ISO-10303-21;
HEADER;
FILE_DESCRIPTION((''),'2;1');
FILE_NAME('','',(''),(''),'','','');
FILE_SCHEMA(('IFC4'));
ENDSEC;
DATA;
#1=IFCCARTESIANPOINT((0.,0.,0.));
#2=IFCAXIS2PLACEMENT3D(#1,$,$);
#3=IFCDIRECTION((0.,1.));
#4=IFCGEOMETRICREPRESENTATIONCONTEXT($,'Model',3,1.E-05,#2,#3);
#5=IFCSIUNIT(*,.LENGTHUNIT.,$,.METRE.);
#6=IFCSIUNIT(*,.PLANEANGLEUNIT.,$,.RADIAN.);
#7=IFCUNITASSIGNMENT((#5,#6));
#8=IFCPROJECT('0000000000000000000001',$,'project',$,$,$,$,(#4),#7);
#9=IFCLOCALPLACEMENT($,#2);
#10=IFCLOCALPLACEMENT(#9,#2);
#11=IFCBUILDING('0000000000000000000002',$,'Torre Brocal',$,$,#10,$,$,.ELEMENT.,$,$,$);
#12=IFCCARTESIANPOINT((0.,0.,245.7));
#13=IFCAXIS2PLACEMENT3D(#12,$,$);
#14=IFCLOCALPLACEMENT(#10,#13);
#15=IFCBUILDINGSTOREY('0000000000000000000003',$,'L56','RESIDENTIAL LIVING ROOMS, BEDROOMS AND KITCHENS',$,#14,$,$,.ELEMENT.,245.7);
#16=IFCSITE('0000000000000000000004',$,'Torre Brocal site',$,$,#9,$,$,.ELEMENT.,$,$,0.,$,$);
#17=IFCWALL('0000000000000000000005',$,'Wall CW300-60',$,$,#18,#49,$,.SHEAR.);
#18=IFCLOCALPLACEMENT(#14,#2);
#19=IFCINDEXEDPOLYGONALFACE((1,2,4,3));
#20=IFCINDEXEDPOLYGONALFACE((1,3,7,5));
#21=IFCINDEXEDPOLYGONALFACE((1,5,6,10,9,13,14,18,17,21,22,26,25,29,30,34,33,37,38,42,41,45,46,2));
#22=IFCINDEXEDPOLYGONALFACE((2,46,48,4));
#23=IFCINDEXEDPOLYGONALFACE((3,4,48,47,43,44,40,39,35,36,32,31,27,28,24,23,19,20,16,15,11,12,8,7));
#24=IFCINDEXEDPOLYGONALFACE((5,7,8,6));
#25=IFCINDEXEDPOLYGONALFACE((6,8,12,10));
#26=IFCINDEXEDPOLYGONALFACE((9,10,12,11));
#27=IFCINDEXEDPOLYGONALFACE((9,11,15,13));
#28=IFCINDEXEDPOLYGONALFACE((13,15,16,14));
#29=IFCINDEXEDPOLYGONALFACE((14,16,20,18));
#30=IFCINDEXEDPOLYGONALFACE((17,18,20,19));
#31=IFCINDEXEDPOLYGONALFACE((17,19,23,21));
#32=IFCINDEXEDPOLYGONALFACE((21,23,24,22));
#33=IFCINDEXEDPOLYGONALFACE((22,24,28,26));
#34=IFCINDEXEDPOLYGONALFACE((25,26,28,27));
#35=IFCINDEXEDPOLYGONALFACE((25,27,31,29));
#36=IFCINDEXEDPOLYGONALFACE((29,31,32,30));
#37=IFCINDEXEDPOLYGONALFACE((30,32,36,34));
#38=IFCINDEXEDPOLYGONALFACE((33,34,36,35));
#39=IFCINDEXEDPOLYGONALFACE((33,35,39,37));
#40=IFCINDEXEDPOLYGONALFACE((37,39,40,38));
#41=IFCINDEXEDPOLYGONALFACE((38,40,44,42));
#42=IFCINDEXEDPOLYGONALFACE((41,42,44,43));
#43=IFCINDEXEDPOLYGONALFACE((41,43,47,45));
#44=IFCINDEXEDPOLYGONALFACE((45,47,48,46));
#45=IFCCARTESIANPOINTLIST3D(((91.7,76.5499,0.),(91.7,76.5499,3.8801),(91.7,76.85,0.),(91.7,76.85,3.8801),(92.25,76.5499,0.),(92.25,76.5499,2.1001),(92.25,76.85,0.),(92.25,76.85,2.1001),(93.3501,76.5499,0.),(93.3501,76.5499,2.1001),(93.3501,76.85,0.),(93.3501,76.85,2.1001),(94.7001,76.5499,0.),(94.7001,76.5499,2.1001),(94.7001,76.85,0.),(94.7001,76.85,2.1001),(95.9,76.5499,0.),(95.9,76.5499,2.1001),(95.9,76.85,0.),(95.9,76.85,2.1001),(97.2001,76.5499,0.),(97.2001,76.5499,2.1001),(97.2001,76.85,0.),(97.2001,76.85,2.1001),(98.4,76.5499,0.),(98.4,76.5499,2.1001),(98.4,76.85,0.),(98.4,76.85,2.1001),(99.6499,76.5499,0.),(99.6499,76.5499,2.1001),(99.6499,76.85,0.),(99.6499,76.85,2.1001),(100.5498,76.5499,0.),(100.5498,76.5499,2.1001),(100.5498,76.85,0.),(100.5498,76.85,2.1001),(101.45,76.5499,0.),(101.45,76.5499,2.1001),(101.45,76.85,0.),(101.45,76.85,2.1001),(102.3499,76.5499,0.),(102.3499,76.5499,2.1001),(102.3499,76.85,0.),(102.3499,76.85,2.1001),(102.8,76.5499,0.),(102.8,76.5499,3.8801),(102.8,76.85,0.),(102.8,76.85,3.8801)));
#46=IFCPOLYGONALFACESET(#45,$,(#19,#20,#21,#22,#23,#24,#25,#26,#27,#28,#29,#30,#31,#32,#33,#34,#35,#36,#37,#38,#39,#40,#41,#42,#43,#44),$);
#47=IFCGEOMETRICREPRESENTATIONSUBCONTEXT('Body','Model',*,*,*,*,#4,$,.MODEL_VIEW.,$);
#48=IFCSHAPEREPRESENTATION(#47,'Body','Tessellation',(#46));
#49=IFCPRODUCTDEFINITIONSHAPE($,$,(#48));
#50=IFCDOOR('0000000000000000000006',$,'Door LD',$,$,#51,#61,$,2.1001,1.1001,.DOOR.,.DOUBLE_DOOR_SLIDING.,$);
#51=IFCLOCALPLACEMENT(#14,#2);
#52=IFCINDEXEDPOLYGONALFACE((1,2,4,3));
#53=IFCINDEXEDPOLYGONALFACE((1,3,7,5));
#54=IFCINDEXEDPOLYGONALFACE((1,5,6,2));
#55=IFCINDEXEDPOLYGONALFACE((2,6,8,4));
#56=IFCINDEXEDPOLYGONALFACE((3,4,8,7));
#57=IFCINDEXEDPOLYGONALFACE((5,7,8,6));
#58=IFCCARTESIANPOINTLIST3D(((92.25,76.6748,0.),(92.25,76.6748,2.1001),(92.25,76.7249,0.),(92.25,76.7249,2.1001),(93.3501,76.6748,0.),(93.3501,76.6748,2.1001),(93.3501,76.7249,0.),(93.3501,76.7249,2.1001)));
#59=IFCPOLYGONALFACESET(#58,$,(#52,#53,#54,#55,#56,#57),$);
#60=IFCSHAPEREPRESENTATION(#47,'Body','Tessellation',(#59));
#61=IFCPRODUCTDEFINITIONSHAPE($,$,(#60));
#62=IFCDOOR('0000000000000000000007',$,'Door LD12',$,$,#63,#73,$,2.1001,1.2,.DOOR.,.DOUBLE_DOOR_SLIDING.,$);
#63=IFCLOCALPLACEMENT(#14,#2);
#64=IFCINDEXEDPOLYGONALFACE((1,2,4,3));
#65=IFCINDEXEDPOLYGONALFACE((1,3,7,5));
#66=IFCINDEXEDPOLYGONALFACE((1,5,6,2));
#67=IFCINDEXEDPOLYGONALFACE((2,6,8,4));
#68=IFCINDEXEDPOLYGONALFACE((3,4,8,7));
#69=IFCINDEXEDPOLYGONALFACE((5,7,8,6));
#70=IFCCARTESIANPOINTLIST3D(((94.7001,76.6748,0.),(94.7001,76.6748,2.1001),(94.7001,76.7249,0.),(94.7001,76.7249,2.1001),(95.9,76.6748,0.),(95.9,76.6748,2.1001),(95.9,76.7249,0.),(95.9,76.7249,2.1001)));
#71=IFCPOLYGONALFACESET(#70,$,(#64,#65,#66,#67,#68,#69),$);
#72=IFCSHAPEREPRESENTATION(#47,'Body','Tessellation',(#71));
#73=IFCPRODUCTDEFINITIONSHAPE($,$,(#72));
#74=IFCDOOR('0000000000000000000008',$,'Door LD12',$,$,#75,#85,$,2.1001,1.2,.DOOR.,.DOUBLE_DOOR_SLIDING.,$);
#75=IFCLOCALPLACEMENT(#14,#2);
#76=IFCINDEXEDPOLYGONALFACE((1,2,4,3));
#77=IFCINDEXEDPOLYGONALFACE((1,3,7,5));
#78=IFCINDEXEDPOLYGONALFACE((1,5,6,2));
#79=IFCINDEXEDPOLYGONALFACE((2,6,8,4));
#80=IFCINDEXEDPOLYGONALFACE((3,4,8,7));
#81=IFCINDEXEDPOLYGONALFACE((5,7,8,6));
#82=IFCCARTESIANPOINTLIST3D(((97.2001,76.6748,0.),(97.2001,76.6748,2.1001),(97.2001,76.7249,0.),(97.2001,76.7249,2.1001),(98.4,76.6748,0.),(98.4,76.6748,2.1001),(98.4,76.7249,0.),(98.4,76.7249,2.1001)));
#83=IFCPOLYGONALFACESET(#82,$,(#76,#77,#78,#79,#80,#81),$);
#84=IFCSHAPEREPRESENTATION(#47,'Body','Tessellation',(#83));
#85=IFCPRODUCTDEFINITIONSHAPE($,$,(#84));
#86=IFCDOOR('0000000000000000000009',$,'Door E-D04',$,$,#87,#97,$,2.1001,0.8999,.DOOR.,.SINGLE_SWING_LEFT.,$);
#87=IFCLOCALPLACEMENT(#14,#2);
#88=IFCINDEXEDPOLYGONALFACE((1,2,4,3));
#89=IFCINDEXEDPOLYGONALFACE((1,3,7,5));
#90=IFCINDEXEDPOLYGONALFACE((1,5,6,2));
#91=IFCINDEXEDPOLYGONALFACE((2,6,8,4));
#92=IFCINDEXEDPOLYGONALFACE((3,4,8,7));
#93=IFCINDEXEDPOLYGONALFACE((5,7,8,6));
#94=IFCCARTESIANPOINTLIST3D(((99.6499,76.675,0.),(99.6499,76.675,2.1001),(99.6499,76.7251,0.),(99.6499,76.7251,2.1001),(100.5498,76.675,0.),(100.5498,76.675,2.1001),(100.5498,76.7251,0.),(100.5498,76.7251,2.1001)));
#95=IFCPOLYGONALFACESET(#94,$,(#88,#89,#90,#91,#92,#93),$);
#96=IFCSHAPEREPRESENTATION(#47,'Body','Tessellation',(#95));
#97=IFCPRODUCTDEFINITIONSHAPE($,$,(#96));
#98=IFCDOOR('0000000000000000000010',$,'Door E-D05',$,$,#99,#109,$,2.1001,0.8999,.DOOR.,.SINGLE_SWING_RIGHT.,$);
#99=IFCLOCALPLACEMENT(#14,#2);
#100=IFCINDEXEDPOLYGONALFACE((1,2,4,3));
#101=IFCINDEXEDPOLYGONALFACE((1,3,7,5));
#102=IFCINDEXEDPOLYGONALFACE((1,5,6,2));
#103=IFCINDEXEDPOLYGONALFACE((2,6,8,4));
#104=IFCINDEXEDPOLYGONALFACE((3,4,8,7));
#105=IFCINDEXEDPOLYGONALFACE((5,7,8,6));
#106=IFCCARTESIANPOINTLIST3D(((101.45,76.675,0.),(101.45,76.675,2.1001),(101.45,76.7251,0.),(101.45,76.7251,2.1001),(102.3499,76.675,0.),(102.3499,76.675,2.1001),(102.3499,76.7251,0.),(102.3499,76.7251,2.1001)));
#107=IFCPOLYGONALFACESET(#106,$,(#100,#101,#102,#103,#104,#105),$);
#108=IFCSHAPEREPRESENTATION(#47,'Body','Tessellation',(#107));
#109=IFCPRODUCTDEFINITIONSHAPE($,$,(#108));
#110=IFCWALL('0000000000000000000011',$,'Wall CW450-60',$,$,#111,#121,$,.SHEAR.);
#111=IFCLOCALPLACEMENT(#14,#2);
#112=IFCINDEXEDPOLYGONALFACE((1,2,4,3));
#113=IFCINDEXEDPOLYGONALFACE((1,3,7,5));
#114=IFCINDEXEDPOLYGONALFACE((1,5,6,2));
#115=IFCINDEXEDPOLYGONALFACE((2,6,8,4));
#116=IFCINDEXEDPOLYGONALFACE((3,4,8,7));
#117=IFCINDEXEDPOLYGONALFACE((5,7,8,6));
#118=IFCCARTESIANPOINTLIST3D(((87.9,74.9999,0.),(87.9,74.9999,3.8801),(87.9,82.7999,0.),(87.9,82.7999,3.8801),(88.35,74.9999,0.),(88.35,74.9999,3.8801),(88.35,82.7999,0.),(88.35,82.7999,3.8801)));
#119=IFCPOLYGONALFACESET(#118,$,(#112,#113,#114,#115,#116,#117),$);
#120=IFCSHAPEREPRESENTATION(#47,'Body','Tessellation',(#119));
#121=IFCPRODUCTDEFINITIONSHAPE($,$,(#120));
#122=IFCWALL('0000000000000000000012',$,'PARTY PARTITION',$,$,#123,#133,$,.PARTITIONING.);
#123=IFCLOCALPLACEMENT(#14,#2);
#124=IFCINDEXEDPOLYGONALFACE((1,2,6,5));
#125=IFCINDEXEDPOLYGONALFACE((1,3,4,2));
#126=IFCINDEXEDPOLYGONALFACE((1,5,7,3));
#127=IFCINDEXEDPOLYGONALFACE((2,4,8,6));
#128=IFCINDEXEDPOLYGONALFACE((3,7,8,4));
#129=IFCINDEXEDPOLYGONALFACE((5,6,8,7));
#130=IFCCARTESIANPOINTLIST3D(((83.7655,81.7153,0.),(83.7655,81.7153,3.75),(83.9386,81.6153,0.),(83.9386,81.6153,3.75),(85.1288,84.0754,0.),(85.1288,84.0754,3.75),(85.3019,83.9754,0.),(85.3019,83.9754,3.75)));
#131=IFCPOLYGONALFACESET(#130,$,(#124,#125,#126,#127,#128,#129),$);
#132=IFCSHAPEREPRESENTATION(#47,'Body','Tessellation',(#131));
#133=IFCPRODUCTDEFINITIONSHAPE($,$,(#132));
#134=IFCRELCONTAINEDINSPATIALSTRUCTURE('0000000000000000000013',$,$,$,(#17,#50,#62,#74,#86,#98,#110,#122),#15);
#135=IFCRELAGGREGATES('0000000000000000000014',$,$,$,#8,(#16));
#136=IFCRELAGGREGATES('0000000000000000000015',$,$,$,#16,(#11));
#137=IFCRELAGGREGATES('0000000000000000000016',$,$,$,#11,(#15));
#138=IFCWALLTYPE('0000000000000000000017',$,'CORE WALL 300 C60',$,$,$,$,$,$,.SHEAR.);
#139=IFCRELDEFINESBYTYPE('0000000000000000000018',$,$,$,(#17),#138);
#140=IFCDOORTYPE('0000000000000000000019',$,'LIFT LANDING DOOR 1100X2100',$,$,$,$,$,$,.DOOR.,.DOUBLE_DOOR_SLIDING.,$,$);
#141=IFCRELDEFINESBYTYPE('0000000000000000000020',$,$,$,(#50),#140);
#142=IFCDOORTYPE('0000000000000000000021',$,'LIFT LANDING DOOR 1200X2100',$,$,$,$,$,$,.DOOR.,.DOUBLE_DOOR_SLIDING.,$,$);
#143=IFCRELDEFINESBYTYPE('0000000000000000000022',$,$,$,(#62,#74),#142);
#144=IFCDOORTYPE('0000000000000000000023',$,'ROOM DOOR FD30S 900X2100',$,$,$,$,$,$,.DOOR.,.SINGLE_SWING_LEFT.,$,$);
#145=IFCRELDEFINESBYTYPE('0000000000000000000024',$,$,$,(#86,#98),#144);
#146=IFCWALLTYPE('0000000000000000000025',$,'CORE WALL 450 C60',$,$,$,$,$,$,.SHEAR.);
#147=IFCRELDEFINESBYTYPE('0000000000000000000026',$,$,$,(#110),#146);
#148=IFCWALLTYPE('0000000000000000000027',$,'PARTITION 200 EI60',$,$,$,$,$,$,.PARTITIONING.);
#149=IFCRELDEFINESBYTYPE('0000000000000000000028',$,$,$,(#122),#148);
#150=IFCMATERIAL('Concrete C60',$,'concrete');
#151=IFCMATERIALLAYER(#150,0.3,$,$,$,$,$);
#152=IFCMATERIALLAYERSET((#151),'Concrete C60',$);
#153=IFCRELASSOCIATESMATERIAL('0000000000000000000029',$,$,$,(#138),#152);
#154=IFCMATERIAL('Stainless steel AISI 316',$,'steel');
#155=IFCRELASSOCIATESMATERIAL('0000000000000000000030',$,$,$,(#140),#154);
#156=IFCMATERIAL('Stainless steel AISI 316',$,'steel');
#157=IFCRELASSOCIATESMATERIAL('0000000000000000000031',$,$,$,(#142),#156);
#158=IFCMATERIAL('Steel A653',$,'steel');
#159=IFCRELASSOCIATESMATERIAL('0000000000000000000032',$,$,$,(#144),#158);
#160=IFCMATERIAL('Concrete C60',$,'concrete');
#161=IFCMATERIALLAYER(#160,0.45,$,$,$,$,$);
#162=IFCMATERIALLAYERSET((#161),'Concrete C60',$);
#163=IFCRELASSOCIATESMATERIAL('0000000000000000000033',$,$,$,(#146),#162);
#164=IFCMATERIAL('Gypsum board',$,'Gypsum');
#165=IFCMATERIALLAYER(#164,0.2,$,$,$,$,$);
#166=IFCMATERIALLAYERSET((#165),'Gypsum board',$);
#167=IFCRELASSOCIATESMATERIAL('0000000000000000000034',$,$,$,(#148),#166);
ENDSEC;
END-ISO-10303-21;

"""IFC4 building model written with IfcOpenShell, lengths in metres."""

from ifc_helpers import new_model, si_unit, direction, frame, frame_2d, origin, place, context, subcontext, project, spatial, rectangle, extrude, material, layer, layer_set, type_object, element, fill, save


model = new_model("IFC4")

# Units and contexts
model_context = context("Model", 3, precision=1e-05, world=origin(), true_north=direction((0.0, 1.0)))
body_context = subcontext(model_context, "Body", "Model", "MODEL_VIEW")
ifc_project = project(units=[si_unit("LENGTHUNIT", "METRE"), si_unit("PLANEANGLEUNIT", "RADIAN")], contexts=[model_context])

# Site, building, storey
site_placement = place(None, origin())
site = spatial("IfcSite", under=ifc_project, at=site_placement, Name="Torre Brocal site", CompositionType="ELEMENT", RefElevation=0.0)
building_placement = place(site_placement, origin())
building = spatial("IfcBuilding", under=site, at=building_placement, Name="Torre Brocal", CompositionType="ELEMENT")
storey_placement = place(building_placement, frame((0.0, 0.0, 245.7)))
storey = spatial("IfcBuildingStorey", under=building, at=storey_placement, Name="L56", Description="RESIDENTIAL LIVING ROOMS, BEDROOMS AND KITCHENS", CompositionType="ELEMENT", Elevation=245.7)

# Shared definitions
ifc_material_1 = material(Name="Concrete C60", Category="concrete")
ifc_layer_1 = layer(ifc_material_1, 0.3)
ifc_layer_set_1 = layer_set([ifc_layer_1], Name="Concrete C60")
wall_type_1 = type_object("IfcWallType", Name="CORE WALL 300 C60", PredefinedType="SHEAR", material=ifc_layer_set_1)

# Wall, openings, doors
wall_1_placement = place(storey_placement, frame((91.7, 76.7, 0.0), z_axis=(0.0, 0.0, 1.0), x_axis=(1.0, 0.0, 0.0)))
wall_1 = element("IfcWall", 1, at=wall_1_placement, inside=storey, type_object=wall_type_1, Name="Wall CW300-60", PredefinedType="SHEAR", context=body_context, shape_type="SweptSolid", body=[
    extrude(rectangle(XDim=11.1001, YDim=0.3, at=frame_2d((5.55, 0.0))), origin(), (0.0, 0.0, 1.0), 3.8801),
])
opening_1_placement = place(wall_1_placement, frame((0.55, 0.0, 0.0)))
opening_1 = element("IfcOpeningElement", 2, at=opening_1_placement, cuts=wall_1, PredefinedType="OPENING", context=body_context, shape_type="SweptSolid", body=[
    extrude(rectangle(XDim=1.1001, YDim=2.1001, at=frame_2d((0.55, 1.05))), frame((0.0, 0.1599, 0.0), z_axis=(0.0, -1.0, 0.0), x_axis=(1.0, 0.0, 0.0)), (0.0, 0.0, 1.0), 0.3201),
])
opening_2_placement = place(wall_1_placement, frame((3.0, 0.0, 0.0)))
opening_2 = element("IfcOpeningElement", 3, at=opening_2_placement, cuts=wall_1, PredefinedType="OPENING", context=body_context, shape_type="SweptSolid", body=[
    extrude(rectangle(XDim=1.2, YDim=2.1001, at=frame_2d((0.6001, 1.05))), frame((0.0, 0.1599, 0.0), z_axis=(0.0, -1.0, 0.0), x_axis=(1.0, 0.0, 0.0)), (0.0, 0.0, 1.0), 0.3201),
])
opening_3_placement = place(wall_1_placement, frame((5.5, 0.0, 0.0)))
opening_3 = element("IfcOpeningElement", 4, at=opening_3_placement, cuts=wall_1, PredefinedType="OPENING", context=body_context, shape_type="SweptSolid", body=[
    extrude(rectangle(XDim=1.2, YDim=2.1001, at=frame_2d((0.6001, 1.05))), frame((0.0, 0.1599, 0.0), z_axis=(0.0, -1.0, 0.0), x_axis=(1.0, 0.0, 0.0)), (0.0, 0.0, 1.0), 0.3201),
])
opening_4_placement = place(wall_1_placement, frame((7.95, 0.0, 0.0)))
opening_4 = element("IfcOpeningElement", 5, at=opening_4_placement, cuts=wall_1, PredefinedType="OPENING", context=body_context, shape_type="SweptSolid", body=[
    extrude(rectangle(XDim=0.8999, YDim=2.1001, at=frame_2d((0.45, 1.05))), frame((0.0, 0.1599, 0.0), z_axis=(0.0, -1.0, 0.0), x_axis=(1.0, 0.0, 0.0)), (0.0, 0.0, 1.0), 0.3201),
])
opening_5_placement = place(wall_1_placement, frame((9.75, 0.0, 0.0)))
opening_5 = element("IfcOpeningElement", 6, at=opening_5_placement, cuts=wall_1, PredefinedType="OPENING", context=body_context, shape_type="SweptSolid", body=[
    extrude(rectangle(XDim=0.8999, YDim=2.1001, at=frame_2d((0.45, 1.05))), frame((0.0, 0.1599, 0.0), z_axis=(0.0, -1.0, 0.0), x_axis=(1.0, 0.0, 0.0)), (0.0, 0.0, 1.0), 0.3201),
])
ifc_material_2 = material(Name="Stainless steel AISI 316", Category="steel")
door_type_1 = type_object("IfcDoorType", Name="LIFT LANDING DOOR 1100X2100", OperationType="DOUBLE_DOOR_SLIDING", PredefinedType="DOOR", material=ifc_material_2)
door_1_placement = place(opening_1_placement, origin())
door_1 = element("IfcDoor", 7, at=door_1_placement, inside=storey, type_object=door_type_1, Name="Door LD", OperationType="DOUBLE_DOOR_SLIDING", OverallHeight=2.1001, OverallWidth=1.1001, PredefinedType="DOOR", context=body_context, shape_type="SweptSolid", body=[
    extrude(rectangle(XDim=1.1001, YDim=2.1001, at=frame_2d((0.55, 1.05))), frame((0.0, 0.0249, 0.0), z_axis=(0.0, -1.0, 0.0), x_axis=(1.0, 0.0, 0.0)), (0.0, 0.0, 1.0), 0.05),
])
fill(opening_1, door_1)
ifc_material_3 = material(Name="Stainless steel AISI 316", Category="steel")
door_type_2 = type_object("IfcDoorType", Name="LIFT LANDING DOOR 1200X2100", OperationType="DOUBLE_DOOR_SLIDING", PredefinedType="DOOR", material=ifc_material_3)
door_2_placement = place(opening_2_placement, origin())
door_2 = element("IfcDoor", 8, at=door_2_placement, inside=storey, type_object=door_type_2, Name="Door LD12", OperationType="DOUBLE_DOOR_SLIDING", OverallHeight=2.1001, OverallWidth=1.2, PredefinedType="DOOR", context=body_context, shape_type="SweptSolid", body=[
    extrude(rectangle(XDim=1.2, YDim=2.1001, at=frame_2d((0.6001, 1.05))), frame((0.0, 0.0249, 0.0), z_axis=(0.0, -1.0, 0.0), x_axis=(1.0, 0.0, 0.0)), (0.0, 0.0, 1.0), 0.05),
])
fill(opening_2, door_2)
door_3_placement = place(opening_3_placement, origin())
door_3 = element("IfcDoor", 9, at=door_3_placement, inside=storey, type_object=door_type_2, Name="Door LD12", OperationType="DOUBLE_DOOR_SLIDING", OverallHeight=2.1001, OverallWidth=1.2, PredefinedType="DOOR", context=body_context, shape_type="SweptSolid", body=[
    extrude(rectangle(XDim=1.2, YDim=2.1001, at=frame_2d((0.6001, 1.05))), frame((0.0, 0.0249, 0.0), z_axis=(0.0, -1.0, 0.0), x_axis=(1.0, 0.0, 0.0)), (0.0, 0.0, 1.0), 0.05),
])
fill(opening_3, door_3)
ifc_material_4 = material(Name="Steel A653", Category="steel")
door_type_3 = type_object("IfcDoorType", Name="ROOM DOOR FD30S 900X2100", OperationType="SINGLE_SWING_LEFT", PredefinedType="DOOR", material=ifc_material_4)
door_4_placement = place(opening_4_placement, frame((0.8999, 0.0, 0.0), z_axis=(0.0, 0.0, 1.0), x_axis=(-1.0, 0.0, 0.0)))
door_4 = element("IfcDoor", 10, at=door_4_placement, inside=storey, type_object=door_type_3, Name="Door E-D04", OperationType="SINGLE_SWING_LEFT", OverallHeight=2.1001, OverallWidth=0.8999, PredefinedType="DOOR", context=body_context, shape_type="SweptSolid", body=[
    extrude(rectangle(XDim=0.8999, YDim=2.1001, at=frame_2d((0.45, 1.05))), frame((0.0, 0.0249, 0.0), z_axis=(0.0, -1.0, 0.0), x_axis=(1.0, 0.0, 0.0)), (0.0, 0.0, 1.0), 0.05),
])
fill(opening_4, door_4)
door_5_placement = place(opening_5_placement, frame((0.8999, 0.0, 0.0), z_axis=(0.0, 0.0, 1.0), x_axis=(-1.0, 0.0, 0.0)))
door_5 = element("IfcDoor", 11, at=door_5_placement, inside=storey, type_object=door_type_3, Name="Door E-D05", OperationType="SINGLE_SWING_RIGHT", OverallHeight=2.1001, OverallWidth=0.8999, PredefinedType="DOOR", context=body_context, shape_type="SweptSolid", body=[
    extrude(rectangle(XDim=0.8999, YDim=2.1001, at=frame_2d((0.45, 1.05))), frame((0.0, 0.0249, 0.0), z_axis=(0.0, -1.0, 0.0), x_axis=(1.0, 0.0, 0.0)), (0.0, 0.0, 1.0), 0.05),
])
fill(opening_5, door_5)

# Walls
ifc_material_5 = material(Name="Concrete C60", Category="concrete")
ifc_layer_2 = layer(ifc_material_5, 0.45)
ifc_layer_set_2 = layer_set([ifc_layer_2], Name="Concrete C60")
wall_type_2 = type_object("IfcWallType", Name="CORE WALL 450 C60", PredefinedType="SHEAR", material=ifc_layer_set_2)
wall_2_placement = place(storey_placement, frame((88.125, 75.0, 0.0), z_axis=(0.0, 0.0, 1.0), x_axis=(0.0, 1.0, 0.0)))
element("IfcWall", 12, at=wall_2_placement, inside=storey, type_object=wall_type_2, Name="Wall CW450-60", PredefinedType="SHEAR", context=body_context, shape_type="SweptSolid", body=[
    extrude(rectangle(XDim=7.8, YDim=0.45, at=frame_2d((3.8999, 0.0))), origin(), (0.0, 0.0, 1.0), 3.8801),
])
ifc_material_6 = material(Name="Gypsum board", Category="Gypsum")
ifc_layer_3 = layer(ifc_material_6, 0.2)
ifc_layer_set_3 = layer_set([ifc_layer_3], Name="Gypsum board")
wall_type_3 = type_object("IfcWallType", Name="PARTITION 200 EI60", PredefinedType="PARTITIONING", material=ifc_layer_set_3)
wall_3_placement = place(storey_placement, frame((83.8521, 81.6653, 0.0), z_axis=(0.0, 0.0, 1.0), x_axis=(0.500185, 0.865919, 0.0)))
element("IfcWall", 13, at=wall_3_placement, inside=storey, type_object=wall_type_3, Name="PARTY PARTITION", PredefinedType="PARTITIONING", context=body_context, shape_type="SweptSolid", body=[
    extrude(rectangle(XDim=2.7256, YDim=0.2, at=frame_2d((1.3628, 0.0))), origin(), (0.0, 0.0, 1.0), 3.75),
])

save(model, "model.ifc")
